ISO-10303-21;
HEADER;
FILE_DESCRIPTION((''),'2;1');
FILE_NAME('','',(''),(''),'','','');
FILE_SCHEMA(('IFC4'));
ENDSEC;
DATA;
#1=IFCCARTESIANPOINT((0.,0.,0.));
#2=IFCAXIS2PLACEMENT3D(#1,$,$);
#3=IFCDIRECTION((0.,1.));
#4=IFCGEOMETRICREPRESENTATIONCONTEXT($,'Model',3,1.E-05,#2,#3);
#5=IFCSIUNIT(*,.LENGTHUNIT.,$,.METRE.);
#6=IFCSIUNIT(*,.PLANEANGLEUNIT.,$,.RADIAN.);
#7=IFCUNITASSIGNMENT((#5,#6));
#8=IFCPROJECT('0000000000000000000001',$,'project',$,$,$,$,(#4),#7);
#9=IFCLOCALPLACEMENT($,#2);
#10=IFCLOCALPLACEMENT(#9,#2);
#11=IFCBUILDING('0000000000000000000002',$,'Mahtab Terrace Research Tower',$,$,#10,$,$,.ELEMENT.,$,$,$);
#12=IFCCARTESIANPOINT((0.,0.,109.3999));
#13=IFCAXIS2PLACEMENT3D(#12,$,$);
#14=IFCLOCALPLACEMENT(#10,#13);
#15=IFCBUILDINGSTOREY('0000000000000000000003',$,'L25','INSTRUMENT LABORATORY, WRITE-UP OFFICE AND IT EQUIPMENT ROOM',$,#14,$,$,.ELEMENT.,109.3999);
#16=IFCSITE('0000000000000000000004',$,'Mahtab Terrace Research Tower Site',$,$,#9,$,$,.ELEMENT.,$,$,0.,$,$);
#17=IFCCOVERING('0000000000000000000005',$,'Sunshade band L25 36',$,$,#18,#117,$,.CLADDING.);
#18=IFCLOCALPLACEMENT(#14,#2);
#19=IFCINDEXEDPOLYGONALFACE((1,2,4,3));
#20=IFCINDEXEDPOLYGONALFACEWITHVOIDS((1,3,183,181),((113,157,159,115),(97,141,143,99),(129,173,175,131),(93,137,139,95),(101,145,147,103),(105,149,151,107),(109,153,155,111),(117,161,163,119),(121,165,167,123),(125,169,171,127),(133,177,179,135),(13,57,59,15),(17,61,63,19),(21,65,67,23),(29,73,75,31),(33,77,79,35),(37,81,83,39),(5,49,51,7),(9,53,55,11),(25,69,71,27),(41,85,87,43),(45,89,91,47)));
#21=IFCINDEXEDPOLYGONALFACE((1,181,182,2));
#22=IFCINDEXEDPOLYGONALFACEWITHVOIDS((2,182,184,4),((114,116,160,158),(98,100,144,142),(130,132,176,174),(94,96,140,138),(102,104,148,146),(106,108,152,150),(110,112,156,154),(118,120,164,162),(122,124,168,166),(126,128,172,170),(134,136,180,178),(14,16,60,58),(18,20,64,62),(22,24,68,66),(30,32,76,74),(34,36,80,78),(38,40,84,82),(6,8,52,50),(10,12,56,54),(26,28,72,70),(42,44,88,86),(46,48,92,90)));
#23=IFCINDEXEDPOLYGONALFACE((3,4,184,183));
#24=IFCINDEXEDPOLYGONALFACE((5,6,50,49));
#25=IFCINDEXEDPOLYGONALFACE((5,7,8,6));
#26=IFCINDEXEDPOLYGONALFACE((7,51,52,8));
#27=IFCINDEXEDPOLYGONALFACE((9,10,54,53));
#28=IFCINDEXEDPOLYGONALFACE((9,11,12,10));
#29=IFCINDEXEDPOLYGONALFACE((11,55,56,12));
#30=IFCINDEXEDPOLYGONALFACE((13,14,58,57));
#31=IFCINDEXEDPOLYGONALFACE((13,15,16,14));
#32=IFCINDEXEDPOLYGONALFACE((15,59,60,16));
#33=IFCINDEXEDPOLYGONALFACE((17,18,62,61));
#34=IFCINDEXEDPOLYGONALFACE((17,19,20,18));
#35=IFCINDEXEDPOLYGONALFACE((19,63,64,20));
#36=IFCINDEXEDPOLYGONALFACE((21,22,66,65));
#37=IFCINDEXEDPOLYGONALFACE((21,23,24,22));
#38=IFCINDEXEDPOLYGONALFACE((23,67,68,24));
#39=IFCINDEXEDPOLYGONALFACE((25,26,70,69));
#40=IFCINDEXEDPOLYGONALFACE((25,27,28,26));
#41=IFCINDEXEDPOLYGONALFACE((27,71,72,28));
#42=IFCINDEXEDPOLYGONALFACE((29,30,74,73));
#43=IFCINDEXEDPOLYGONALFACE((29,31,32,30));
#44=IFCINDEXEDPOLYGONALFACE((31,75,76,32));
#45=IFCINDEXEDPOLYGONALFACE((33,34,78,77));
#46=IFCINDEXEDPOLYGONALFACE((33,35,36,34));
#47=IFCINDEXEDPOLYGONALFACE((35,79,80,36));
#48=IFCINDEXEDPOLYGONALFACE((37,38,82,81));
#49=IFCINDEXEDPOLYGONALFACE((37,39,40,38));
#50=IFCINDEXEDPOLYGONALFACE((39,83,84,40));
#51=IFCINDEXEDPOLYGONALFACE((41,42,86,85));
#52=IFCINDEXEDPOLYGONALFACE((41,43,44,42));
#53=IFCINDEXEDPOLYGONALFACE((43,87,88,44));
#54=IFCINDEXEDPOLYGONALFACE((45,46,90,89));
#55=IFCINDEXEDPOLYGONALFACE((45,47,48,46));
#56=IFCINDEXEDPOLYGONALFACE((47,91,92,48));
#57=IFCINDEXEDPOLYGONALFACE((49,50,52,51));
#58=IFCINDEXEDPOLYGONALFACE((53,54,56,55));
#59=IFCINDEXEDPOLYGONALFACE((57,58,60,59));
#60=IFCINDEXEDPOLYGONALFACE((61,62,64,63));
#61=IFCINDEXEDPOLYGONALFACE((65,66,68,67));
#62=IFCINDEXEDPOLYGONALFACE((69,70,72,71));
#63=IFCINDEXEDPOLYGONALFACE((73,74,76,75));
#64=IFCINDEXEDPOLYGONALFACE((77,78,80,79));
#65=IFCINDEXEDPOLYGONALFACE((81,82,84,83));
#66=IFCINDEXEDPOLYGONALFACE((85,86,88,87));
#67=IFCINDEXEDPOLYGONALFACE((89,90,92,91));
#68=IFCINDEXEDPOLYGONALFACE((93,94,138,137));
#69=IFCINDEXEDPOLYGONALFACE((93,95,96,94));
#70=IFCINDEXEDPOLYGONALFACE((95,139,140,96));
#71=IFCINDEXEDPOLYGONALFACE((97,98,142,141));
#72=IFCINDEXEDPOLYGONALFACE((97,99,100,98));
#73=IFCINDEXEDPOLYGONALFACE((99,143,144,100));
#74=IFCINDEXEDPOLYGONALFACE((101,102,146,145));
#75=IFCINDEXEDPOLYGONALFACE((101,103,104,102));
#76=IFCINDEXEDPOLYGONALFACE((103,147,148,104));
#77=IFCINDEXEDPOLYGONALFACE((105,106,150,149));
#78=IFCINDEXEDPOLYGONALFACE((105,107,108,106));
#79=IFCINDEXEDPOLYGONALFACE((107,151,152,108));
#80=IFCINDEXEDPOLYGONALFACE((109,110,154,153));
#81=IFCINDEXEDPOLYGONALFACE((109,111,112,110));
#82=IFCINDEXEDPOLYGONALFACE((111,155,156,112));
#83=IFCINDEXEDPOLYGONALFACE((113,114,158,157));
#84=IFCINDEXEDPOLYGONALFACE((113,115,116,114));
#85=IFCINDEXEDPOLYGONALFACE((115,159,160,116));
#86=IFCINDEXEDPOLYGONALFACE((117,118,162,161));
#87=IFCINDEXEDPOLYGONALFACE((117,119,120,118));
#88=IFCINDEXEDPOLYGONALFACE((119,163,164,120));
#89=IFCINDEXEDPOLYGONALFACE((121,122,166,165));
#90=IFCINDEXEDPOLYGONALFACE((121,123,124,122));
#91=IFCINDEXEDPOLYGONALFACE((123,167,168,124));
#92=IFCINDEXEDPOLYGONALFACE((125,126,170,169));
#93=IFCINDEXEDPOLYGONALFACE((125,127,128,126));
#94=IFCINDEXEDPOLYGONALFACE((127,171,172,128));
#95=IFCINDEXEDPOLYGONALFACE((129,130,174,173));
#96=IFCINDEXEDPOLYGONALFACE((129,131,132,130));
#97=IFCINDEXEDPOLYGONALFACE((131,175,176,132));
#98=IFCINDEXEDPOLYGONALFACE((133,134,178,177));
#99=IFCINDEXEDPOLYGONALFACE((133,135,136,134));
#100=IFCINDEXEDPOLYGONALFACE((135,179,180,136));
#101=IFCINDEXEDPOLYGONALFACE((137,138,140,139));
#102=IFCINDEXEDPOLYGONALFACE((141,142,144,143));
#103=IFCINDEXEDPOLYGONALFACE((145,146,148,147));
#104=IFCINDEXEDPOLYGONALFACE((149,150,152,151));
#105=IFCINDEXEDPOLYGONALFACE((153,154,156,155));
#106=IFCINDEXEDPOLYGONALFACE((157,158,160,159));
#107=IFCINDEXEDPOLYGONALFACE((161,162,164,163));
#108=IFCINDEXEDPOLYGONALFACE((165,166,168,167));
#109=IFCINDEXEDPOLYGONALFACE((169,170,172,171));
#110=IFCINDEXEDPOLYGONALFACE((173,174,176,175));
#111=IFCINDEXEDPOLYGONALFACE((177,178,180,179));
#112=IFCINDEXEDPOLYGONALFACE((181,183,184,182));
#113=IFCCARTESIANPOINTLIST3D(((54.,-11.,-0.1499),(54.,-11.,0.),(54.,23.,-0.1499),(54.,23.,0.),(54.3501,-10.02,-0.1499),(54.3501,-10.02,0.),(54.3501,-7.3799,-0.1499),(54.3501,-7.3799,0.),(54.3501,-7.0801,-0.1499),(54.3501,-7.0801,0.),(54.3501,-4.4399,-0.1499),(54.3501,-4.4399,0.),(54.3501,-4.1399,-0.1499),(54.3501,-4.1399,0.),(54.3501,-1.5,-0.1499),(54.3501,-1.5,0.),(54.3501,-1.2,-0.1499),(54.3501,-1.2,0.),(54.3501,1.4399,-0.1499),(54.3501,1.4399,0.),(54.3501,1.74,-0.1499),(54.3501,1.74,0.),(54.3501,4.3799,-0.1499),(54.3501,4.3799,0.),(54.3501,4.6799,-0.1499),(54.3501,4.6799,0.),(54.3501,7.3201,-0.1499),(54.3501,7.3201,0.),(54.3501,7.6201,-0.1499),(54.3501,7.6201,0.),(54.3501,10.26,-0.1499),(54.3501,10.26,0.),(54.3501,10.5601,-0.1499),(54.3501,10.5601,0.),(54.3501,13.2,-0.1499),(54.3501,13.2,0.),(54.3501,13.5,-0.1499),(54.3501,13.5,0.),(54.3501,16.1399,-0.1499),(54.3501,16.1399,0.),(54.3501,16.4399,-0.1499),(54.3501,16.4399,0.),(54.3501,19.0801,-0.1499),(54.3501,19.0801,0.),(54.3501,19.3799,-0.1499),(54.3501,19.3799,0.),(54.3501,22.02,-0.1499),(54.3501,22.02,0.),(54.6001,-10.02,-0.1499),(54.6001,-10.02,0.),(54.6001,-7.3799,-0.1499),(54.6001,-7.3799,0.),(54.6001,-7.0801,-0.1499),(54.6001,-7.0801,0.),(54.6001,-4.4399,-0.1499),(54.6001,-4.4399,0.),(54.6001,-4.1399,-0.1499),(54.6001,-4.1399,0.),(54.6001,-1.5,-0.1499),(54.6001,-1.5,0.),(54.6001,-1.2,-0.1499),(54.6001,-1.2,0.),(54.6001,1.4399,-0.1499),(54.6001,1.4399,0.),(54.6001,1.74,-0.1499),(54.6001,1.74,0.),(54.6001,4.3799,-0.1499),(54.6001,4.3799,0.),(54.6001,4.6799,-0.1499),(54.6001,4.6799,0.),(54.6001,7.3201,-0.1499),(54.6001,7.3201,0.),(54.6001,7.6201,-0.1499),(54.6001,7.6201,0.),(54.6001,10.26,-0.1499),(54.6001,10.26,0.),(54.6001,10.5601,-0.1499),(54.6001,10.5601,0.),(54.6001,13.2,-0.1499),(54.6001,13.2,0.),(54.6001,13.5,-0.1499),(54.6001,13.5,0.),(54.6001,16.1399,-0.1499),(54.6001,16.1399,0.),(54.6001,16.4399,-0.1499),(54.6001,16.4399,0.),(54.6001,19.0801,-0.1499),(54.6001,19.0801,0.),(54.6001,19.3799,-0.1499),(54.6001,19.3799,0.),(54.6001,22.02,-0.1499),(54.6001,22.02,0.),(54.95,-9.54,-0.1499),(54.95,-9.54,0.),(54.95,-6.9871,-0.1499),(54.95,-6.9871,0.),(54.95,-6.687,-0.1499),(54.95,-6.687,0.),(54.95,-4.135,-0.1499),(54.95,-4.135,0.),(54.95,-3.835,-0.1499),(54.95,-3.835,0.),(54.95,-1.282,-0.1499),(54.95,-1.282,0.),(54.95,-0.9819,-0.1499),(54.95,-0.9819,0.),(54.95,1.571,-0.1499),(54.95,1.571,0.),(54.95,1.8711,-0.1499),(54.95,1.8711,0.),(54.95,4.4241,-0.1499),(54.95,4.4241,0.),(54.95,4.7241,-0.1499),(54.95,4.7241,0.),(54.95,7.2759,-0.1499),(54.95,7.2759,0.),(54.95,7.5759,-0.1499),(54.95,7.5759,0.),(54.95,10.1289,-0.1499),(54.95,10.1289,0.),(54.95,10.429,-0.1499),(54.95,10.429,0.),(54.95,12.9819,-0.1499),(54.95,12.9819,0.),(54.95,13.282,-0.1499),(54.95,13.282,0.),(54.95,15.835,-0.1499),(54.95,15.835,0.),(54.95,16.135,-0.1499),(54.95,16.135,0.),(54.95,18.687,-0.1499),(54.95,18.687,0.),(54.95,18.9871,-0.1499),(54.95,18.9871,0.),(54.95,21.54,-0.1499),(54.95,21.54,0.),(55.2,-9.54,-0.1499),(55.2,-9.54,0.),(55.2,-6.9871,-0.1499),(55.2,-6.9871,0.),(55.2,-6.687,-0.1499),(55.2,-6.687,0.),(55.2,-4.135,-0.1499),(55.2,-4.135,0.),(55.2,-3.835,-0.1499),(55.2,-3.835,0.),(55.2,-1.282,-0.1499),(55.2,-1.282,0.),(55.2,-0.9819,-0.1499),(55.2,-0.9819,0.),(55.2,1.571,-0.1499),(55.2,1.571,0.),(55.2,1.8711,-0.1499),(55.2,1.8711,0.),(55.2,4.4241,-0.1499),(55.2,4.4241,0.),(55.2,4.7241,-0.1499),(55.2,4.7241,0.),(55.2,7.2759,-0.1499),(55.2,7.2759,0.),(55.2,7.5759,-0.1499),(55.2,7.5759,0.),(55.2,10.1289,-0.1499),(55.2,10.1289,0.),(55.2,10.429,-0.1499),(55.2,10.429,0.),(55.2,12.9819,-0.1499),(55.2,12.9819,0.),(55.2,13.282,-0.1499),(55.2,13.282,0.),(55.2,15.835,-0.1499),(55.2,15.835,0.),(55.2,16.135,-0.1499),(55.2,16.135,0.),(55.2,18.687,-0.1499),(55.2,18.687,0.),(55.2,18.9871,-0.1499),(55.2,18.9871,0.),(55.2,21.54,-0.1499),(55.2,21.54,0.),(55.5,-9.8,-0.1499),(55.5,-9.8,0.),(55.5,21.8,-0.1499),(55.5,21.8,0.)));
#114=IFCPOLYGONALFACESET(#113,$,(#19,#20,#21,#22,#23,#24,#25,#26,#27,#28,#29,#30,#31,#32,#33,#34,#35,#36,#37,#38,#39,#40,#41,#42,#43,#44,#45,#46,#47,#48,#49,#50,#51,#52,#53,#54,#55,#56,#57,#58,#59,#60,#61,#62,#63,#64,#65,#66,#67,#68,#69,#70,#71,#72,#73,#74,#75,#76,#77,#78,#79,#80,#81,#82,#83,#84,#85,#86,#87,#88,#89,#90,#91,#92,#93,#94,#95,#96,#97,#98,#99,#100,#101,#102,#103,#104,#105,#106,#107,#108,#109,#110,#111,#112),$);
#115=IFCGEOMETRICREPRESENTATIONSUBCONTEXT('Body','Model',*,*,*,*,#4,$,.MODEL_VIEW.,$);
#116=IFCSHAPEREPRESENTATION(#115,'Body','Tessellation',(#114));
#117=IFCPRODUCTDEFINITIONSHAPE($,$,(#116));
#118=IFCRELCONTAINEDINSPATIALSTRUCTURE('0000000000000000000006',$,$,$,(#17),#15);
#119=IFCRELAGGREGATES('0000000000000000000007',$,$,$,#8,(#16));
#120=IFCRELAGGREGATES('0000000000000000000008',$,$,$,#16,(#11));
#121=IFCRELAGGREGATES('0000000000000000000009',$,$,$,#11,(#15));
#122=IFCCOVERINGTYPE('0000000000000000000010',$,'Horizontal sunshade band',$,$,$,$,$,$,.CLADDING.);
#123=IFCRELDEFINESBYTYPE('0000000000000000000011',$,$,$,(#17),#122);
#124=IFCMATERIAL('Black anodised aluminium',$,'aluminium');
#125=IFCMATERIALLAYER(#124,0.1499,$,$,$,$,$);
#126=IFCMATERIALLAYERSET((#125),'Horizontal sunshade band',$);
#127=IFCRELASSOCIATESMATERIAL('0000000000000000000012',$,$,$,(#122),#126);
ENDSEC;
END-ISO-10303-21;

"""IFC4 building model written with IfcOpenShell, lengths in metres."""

from ifc_helpers import new_model, si_unit, direction, frame, origin, place, context, subcontext, project, spatial, polyline, outline, extrude, material, layer, layer_set, type_object, element, save


model = new_model("IFC4")

# Units and contexts
model_context = context("Model", 3, precision=1e-05, world=origin(), true_north=direction((0.0, 1.0)))
body_context = subcontext(model_context, "Body", "Model", "MODEL_VIEW")
ifc_project = project(units=[si_unit("LENGTHUNIT", "METRE"), si_unit("PLANEANGLEUNIT", "RADIAN")], contexts=[model_context])

# Site, building, storey
site_placement = place(None, origin())
site = spatial("IfcSite", under=ifc_project, at=site_placement, Name="Mahtab Terrace Research Tower Site", CompositionType="ELEMENT", RefElevation=0.0)
building_placement = place(site_placement, origin())
building = spatial("IfcBuilding", under=site, at=building_placement, Name="Mahtab Terrace Research Tower", CompositionType="ELEMENT")
storey_placement = place(building_placement, frame((0.0, 0.0, 109.3999)))
storey = spatial("IfcBuildingStorey", under=building, at=storey_placement, Name="L25", Description="INSTRUMENT LABORATORY, WRITE-UP OFFICE AND IT EQUIPMENT ROOM", CompositionType="ELEMENT", Elevation=109.3999)

# Covering
ifc_material_1 = material(Name="Black anodised aluminium", Category="aluminium")
ifc_layer_1 = layer(ifc_material_1, 0.1499)
ifc_layer_set_1 = layer_set([ifc_layer_1], Name="Horizontal sunshade band")
covering_type_1 = type_object("IfcCoveringType", Name="Horizontal sunshade band", PredefinedType="CLADDING", material=ifc_layer_set_1)
covering_1_placement = place(storey_placement, frame((0.0, 0.0, -0.1499)))
element("IfcCovering", 1, at=covering_1_placement, inside=storey, type_object=covering_type_1, Name="Sunshade band L25 36", PredefinedType="CLADDING", context=body_context, shape_type="SweptSolid", body=[
    extrude(outline(polyline([(54.0, -11.0), (54.0, 23.0), (55.5, 21.8), (55.5, -9.8), (54.0, -11.0)]), holes=[polyline([(54.3501, -10.02), (54.3501, -7.3799), (54.6001, -7.3799), (54.6001, -10.02), (54.3501, -10.02)]), polyline([(54.3501, -7.0801), (54.3501, -4.4399), (54.6001, -4.4399), (54.6001, -7.0801), (54.3501, -7.0801)]), polyline([(54.3501, -4.1399), (54.3501, -1.5), (54.6001, -1.5), (54.6001, -4.1399), (54.3501, -4.1399)]), polyline([(54.3501, -1.2), (54.3501, 1.4399), (54.6001, 1.4399), (54.6001, -1.2), (54.3501, -1.2)]), polyline([(54.3501, 1.74), (54.3501, 4.3799), (54.6001, 4.3799), (54.6001, 1.74), (54.3501, 1.74)]), polyline([(54.3501, 4.6799), (54.3501, 7.3201), (54.6001, 7.3201), (54.6001, 4.6799), (54.3501, 4.6799)]), polyline([(54.3501, 7.6201), (54.3501, 10.26), (54.6001, 10.26), (54.6001, 7.6201), (54.3501, 7.6201)]), polyline([(54.3501, 10.5601), (54.3501, 13.2), (54.6001, 13.2), (54.6001, 10.5601), (54.3501, 10.5601)]), polyline([(54.3501, 13.5), (54.3501, 16.1399), (54.6001, 16.1399), (54.6001, 13.5), (54.3501, 13.5)]), polyline([(54.3501, 16.4399), (54.3501, 19.0801), (54.6001, 19.0801), (54.6001, 16.4399), (54.3501, 16.4399)]), polyline([(54.3501, 19.3799), (54.3501, 22.02), (54.6001, 22.02), (54.6001, 19.3799), (54.3501, 19.3799)]), polyline([(54.95, -9.54), (54.95, -6.9871), (55.2, -6.9871), (55.2, -9.54), (54.95, -9.54)]), polyline([(54.95, -6.687), (54.95, -4.135), (55.2, -4.135), (55.2, -6.687), (54.95, -6.687)]), polyline([(54.95, -3.835), (54.95, -1.282), (55.2, -1.282), (55.2, -3.835), (54.95, -3.835)]), polyline([(54.95, -0.9819), (54.95, 1.571), (55.2, 1.571), (55.2, -0.9819), (54.95, -0.9819)]), polyline([(54.95, 1.8711), (54.95, 4.4241), (55.2, 4.4241), (55.2, 1.8711), (54.95, 1.8711)]), polyline([(54.95, 4.7241), (54.95, 7.2759), (55.2, 7.2759), (55.2, 4.7241), (54.95, 4.7241)]), polyline([(54.95, 7.5759), (54.95, 10.1289), (55.2, 10.1289), (55.2, 7.5759), (54.95, 7.5759)]), polyline([(54.95, 10.429), (54.95, 12.9819), (55.2, 12.9819), (55.2, 10.429), (54.95, 10.429)]), polyline([(54.95, 13.282), (54.95, 15.835), (55.2, 15.835), (55.2, 13.282), (54.95, 13.282)]), polyline([(54.95, 16.135), (54.95, 18.687), (55.2, 18.687), (55.2, 16.135), (54.95, 16.135)]), polyline([(54.95, 18.9871), (54.95, 21.54), (55.2, 21.54), (55.2, 18.9871), (54.95, 18.9871)])]), origin(), (0.0, 0.0, 1.0), 0.1499),
])

save(model, "model.ifc")
